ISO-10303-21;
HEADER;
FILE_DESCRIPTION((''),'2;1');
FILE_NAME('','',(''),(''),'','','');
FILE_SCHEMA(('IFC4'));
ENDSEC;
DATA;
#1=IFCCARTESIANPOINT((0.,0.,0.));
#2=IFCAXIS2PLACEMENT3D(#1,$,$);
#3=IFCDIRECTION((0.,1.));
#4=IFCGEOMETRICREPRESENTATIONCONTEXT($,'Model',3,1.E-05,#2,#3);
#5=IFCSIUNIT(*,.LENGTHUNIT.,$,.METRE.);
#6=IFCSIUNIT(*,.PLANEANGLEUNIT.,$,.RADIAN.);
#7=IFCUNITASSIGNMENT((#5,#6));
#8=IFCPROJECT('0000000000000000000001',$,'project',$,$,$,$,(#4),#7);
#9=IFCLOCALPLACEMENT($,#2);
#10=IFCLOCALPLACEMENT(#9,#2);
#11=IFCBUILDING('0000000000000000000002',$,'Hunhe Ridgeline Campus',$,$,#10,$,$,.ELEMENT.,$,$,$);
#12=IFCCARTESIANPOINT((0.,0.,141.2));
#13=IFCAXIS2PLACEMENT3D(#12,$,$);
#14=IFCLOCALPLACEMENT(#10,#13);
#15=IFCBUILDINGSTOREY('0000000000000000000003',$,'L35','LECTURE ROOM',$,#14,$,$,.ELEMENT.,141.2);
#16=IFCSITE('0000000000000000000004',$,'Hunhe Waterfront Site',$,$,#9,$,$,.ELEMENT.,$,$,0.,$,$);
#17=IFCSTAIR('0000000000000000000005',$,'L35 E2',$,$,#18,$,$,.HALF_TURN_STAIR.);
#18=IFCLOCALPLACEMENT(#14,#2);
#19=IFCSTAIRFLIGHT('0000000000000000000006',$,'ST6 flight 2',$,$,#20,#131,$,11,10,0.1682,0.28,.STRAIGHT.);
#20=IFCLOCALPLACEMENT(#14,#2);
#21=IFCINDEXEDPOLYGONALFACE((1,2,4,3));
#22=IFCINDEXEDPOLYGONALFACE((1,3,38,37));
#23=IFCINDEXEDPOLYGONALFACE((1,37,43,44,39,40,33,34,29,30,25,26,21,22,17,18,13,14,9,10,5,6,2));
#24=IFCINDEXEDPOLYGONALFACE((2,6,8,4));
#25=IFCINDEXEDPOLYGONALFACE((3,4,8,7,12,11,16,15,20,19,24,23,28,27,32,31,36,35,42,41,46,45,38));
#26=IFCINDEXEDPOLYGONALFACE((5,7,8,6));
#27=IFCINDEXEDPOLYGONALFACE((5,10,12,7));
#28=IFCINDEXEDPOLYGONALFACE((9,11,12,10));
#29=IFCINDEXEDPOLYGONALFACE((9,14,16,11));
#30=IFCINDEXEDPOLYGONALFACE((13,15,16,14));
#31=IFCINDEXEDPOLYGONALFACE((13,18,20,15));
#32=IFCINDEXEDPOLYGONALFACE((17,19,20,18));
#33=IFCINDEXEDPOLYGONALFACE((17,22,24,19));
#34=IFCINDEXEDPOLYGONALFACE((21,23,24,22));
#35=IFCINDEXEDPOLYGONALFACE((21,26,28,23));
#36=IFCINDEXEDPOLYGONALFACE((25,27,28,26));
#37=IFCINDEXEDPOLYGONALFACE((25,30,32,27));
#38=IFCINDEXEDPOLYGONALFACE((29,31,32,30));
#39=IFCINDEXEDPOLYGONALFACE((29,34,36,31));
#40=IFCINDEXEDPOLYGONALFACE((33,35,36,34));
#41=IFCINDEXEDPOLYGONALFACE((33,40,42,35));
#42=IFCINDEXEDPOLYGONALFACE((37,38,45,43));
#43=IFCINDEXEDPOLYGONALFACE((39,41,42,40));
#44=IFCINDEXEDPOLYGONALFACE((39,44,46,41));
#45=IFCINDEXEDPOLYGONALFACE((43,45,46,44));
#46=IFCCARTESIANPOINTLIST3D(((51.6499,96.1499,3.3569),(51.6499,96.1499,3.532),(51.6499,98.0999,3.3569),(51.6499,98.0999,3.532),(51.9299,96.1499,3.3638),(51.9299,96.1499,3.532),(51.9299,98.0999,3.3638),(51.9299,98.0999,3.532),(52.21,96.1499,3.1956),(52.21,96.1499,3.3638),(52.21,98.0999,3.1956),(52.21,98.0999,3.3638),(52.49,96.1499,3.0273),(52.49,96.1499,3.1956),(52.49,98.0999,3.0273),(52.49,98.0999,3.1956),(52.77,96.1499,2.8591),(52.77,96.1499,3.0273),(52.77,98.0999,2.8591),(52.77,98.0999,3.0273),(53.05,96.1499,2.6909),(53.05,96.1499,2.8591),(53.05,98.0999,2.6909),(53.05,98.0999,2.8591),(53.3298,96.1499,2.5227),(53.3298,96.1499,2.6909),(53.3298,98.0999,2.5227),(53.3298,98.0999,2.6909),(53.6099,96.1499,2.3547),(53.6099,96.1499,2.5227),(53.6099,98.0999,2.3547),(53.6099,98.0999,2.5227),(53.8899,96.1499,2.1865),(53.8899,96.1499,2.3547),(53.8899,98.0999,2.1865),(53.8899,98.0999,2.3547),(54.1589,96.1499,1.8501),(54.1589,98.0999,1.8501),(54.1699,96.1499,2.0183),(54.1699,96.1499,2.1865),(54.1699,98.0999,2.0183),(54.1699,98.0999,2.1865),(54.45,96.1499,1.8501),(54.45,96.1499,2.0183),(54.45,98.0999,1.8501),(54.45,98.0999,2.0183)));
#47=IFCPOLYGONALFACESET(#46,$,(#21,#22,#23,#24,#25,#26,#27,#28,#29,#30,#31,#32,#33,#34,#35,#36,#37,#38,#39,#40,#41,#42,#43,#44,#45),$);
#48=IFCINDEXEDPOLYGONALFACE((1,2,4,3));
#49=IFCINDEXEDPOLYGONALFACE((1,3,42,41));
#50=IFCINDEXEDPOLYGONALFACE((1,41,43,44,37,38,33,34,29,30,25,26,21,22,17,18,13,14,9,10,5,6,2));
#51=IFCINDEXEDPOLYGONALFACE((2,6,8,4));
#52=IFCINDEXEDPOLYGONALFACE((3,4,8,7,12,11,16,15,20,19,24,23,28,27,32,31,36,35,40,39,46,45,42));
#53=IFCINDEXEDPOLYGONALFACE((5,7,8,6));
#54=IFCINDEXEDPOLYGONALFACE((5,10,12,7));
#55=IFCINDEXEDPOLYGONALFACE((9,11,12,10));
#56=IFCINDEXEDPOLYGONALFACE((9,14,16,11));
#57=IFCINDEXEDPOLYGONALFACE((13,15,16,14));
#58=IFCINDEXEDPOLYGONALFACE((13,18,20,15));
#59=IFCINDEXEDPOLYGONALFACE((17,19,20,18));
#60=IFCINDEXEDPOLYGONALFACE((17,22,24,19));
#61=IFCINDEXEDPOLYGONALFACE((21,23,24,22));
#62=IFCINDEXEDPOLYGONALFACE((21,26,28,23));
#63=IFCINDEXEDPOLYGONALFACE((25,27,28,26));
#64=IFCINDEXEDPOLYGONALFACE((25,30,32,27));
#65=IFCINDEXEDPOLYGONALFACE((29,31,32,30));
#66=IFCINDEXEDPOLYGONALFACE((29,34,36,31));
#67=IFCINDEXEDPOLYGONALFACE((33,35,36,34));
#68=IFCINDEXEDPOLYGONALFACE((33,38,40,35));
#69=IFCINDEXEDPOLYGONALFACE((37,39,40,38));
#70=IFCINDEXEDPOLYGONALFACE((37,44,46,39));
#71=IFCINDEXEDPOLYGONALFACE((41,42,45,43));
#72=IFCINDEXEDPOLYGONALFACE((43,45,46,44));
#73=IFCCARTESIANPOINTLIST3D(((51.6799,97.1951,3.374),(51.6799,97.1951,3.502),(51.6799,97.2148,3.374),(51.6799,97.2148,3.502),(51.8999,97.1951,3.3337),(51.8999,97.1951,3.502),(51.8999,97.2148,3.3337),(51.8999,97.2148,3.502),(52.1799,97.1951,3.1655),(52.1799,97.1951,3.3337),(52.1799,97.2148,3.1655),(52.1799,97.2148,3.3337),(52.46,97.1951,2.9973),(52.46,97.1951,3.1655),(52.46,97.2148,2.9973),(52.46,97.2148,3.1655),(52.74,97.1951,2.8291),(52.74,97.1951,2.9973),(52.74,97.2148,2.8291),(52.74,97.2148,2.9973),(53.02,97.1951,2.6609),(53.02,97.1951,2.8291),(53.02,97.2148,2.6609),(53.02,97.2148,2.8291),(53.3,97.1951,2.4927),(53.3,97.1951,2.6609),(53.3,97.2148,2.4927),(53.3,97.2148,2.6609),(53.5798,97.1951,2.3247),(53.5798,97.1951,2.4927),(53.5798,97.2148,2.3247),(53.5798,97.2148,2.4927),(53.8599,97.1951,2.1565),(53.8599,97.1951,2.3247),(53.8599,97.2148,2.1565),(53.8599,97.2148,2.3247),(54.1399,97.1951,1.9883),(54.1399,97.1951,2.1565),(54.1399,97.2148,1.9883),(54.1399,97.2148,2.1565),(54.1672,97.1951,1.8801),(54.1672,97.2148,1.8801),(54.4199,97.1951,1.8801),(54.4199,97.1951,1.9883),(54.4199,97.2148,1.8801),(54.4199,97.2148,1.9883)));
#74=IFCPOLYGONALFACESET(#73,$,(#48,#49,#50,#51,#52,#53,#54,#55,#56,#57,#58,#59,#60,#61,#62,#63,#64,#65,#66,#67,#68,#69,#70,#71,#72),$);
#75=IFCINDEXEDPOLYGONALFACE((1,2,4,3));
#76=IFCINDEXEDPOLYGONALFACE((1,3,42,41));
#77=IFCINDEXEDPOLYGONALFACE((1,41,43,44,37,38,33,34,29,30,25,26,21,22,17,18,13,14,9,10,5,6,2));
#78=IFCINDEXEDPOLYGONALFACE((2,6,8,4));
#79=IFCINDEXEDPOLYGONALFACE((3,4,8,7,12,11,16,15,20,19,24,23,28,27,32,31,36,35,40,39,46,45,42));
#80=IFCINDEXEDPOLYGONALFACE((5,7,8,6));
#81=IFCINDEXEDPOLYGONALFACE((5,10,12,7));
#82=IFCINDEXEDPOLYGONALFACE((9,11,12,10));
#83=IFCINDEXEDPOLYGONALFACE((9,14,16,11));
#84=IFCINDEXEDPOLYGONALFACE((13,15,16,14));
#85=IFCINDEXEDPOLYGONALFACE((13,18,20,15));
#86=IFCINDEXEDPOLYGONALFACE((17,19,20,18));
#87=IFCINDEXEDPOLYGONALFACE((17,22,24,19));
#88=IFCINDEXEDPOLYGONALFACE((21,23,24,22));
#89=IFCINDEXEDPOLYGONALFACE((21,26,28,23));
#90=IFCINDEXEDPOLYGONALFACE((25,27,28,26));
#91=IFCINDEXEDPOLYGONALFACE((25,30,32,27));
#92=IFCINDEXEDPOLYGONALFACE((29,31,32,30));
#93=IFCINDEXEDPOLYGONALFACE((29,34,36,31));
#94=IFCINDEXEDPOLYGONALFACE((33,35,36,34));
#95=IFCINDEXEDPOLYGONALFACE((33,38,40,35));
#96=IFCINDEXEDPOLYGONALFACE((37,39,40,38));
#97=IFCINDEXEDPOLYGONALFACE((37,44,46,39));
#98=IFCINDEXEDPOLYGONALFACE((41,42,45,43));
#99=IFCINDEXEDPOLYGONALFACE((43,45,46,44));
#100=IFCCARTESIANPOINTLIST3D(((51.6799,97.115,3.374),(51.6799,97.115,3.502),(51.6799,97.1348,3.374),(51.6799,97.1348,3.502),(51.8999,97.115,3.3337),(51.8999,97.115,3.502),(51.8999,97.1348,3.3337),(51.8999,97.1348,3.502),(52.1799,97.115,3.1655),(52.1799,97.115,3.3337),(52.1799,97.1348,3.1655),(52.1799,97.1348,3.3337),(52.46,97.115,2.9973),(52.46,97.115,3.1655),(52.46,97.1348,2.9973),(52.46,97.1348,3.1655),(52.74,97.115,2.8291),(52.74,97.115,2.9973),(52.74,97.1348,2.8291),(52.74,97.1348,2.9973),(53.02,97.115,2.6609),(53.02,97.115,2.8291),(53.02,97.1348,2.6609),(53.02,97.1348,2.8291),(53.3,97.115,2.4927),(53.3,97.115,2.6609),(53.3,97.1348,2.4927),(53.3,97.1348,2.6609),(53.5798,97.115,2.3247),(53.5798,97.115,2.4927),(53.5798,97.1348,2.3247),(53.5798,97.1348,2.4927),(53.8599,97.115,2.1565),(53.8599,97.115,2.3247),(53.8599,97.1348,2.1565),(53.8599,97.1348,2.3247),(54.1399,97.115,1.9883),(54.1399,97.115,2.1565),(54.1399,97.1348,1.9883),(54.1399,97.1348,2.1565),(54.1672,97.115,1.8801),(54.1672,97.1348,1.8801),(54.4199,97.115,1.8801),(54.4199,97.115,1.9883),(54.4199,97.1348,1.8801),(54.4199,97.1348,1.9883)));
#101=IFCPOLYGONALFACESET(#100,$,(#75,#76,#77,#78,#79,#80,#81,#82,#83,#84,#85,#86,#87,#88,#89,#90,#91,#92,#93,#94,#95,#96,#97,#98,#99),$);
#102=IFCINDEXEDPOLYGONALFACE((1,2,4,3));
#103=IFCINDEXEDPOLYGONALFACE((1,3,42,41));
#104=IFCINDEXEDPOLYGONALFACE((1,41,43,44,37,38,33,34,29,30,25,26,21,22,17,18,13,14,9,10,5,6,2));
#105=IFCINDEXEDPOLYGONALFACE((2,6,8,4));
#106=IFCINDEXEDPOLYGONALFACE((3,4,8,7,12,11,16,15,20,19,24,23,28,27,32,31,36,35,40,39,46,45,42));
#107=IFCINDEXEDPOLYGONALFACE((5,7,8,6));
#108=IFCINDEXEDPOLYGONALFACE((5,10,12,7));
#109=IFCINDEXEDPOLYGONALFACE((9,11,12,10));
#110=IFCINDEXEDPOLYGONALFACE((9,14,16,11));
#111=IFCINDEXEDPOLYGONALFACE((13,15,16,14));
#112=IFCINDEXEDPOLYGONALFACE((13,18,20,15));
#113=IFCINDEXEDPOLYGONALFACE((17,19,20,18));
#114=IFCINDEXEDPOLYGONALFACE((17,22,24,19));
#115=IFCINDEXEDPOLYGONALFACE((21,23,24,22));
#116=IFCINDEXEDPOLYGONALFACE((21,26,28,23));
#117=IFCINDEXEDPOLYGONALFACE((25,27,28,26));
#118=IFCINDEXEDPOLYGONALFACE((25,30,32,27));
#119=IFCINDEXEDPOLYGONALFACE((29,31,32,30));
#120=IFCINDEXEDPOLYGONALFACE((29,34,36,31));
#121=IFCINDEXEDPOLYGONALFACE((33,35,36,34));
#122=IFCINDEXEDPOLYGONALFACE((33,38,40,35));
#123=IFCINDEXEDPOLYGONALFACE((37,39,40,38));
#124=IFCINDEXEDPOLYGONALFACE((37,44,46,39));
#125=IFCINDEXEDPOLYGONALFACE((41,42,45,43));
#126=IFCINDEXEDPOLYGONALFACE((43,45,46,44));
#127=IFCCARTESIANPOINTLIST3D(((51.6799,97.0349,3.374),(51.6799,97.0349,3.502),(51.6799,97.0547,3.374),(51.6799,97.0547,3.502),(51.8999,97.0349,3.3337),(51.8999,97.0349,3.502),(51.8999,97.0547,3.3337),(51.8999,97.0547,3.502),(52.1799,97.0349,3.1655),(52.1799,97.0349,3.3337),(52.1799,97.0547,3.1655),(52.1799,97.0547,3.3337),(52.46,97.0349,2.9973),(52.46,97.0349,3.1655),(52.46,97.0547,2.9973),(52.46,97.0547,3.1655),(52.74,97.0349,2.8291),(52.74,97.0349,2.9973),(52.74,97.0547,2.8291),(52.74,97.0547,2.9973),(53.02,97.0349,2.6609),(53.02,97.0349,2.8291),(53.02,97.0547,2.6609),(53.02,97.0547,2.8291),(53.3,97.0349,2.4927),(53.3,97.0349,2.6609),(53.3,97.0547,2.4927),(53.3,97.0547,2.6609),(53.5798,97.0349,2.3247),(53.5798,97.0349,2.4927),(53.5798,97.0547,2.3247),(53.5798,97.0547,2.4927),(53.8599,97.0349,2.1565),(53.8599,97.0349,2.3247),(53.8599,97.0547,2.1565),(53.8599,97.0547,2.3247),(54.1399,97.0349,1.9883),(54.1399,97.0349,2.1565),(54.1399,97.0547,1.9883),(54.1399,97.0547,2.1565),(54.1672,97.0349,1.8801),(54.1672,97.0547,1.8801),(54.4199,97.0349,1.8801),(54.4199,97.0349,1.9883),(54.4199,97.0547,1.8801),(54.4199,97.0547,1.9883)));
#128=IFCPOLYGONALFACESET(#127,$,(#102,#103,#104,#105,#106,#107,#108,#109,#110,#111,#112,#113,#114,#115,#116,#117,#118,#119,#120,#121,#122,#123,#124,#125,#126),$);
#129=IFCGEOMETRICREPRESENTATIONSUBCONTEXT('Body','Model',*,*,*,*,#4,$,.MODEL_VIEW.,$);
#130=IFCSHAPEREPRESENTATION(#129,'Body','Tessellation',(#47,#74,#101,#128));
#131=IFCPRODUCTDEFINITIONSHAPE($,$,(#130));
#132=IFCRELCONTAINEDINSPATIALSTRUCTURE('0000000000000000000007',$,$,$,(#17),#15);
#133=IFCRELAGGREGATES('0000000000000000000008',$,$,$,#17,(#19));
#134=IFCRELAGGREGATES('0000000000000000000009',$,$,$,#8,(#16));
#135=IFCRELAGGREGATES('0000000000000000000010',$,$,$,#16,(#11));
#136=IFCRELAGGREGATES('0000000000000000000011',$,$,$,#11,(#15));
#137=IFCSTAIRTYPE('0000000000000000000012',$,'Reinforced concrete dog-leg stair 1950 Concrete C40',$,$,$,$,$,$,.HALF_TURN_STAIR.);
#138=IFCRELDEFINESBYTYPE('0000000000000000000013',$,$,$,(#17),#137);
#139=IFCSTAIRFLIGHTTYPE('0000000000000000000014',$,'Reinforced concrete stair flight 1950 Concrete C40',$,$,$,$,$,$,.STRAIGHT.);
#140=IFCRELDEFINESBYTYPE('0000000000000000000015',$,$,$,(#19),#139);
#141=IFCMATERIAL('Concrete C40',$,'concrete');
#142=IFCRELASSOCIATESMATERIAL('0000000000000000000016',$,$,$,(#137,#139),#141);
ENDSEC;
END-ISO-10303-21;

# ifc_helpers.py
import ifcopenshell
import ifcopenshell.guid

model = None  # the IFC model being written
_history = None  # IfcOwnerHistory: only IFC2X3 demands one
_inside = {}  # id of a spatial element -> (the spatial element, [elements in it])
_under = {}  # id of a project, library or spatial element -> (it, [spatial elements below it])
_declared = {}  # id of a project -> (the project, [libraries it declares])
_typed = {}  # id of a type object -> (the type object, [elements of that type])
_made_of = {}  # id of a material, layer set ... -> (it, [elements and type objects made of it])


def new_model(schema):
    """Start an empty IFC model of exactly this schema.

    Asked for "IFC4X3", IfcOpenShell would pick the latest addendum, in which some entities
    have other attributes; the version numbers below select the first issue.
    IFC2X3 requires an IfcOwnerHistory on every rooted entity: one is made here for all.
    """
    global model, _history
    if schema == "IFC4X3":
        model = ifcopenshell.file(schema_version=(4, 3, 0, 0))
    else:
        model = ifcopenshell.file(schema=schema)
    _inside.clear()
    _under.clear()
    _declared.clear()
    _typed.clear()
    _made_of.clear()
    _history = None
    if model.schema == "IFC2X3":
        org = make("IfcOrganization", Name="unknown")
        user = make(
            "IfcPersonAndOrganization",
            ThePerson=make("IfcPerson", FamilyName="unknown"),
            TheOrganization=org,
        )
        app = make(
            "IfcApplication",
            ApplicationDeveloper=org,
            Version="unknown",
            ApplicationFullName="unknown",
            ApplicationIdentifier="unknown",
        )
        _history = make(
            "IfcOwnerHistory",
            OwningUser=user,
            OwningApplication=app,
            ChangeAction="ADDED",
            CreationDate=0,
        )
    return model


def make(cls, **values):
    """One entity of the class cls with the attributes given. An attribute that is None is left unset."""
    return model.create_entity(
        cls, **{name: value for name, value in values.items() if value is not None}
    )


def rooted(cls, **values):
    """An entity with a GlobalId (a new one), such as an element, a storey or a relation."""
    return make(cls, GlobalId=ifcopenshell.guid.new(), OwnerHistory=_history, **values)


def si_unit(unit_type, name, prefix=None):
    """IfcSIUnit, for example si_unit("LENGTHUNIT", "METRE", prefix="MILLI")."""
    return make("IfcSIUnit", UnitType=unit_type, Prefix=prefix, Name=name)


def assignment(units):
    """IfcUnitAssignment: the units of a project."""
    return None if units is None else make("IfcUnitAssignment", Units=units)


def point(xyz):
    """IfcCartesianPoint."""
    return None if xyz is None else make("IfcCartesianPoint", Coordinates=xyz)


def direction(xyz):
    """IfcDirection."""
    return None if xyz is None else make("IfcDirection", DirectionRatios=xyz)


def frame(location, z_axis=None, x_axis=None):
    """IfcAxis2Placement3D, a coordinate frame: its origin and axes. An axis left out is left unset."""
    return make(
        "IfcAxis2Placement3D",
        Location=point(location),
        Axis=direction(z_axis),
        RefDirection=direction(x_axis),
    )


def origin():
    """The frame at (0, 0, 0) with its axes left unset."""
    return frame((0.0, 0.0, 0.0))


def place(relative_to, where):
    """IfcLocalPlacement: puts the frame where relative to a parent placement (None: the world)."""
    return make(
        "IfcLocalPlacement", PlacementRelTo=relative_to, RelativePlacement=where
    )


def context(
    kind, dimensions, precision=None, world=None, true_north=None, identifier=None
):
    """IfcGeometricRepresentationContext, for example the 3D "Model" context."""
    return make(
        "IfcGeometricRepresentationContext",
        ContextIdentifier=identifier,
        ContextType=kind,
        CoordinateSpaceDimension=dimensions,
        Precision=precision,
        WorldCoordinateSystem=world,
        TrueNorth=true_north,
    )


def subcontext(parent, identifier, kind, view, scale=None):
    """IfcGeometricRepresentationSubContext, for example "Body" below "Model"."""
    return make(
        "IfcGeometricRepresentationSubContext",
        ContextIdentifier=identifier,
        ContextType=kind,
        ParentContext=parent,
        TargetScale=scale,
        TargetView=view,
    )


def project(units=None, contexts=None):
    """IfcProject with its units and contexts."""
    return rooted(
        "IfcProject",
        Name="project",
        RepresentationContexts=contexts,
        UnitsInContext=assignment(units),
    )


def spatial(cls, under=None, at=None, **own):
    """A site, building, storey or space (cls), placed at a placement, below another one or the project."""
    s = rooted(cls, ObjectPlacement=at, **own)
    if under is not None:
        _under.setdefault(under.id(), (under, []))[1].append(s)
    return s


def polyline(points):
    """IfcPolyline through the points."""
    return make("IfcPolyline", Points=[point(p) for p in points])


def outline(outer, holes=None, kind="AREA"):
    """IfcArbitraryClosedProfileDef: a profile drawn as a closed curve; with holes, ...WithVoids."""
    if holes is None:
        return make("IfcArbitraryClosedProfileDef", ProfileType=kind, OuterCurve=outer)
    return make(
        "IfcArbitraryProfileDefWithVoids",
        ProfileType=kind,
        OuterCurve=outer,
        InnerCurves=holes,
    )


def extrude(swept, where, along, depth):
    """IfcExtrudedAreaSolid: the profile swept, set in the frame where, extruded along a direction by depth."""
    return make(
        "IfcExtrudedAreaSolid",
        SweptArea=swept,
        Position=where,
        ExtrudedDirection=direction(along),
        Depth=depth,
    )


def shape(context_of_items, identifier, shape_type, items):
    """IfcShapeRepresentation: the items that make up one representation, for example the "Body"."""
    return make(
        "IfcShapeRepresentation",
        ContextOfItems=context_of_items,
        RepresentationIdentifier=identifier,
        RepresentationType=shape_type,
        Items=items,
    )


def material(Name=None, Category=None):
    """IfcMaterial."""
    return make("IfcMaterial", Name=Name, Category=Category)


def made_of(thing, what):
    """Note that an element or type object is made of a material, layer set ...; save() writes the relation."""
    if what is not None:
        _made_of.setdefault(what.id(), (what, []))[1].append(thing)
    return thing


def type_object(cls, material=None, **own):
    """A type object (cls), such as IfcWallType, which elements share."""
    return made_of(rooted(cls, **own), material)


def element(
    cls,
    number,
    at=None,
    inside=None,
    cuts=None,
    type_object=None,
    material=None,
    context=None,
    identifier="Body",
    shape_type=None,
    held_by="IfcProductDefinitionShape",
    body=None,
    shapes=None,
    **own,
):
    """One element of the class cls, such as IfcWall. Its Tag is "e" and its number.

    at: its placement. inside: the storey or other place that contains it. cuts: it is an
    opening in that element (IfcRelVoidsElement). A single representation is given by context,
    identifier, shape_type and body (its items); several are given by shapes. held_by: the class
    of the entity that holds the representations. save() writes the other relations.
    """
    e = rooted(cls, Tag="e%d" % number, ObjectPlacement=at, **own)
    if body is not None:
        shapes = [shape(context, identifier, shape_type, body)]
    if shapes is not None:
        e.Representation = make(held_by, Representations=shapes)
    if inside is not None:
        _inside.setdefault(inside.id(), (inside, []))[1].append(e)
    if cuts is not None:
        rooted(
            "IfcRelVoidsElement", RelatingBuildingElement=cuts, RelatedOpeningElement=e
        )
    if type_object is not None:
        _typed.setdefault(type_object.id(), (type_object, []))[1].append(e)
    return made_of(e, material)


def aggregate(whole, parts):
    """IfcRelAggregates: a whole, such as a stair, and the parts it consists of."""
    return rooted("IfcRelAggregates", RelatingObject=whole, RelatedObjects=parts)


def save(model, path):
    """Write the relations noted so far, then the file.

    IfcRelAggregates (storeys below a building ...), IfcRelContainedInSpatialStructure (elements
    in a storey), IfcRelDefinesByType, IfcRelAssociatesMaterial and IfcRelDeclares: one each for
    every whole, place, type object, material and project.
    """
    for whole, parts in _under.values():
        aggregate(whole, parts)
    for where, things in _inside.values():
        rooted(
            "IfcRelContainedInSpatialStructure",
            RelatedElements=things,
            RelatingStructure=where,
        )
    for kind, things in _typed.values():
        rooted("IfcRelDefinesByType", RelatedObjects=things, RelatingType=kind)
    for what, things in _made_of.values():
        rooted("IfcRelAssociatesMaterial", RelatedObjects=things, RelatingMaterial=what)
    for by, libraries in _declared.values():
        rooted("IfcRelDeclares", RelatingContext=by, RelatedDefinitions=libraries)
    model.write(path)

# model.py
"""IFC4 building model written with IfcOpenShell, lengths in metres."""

from ifc_helpers import new_model, si_unit, direction, frame, origin, place, context, subcontext, project, spatial, polyline, outline, extrude, material, type_object, element, aggregate, save


model = new_model("IFC4")

# Units and contexts
model_context = context("Model", 3, precision=1e-05, world=origin(), true_north=direction((0.0, 1.0)))
body_context = subcontext(model_context, "Body", "Model", "MODEL_VIEW")
ifc_project = project(units=[si_unit("LENGTHUNIT", "METRE"), si_unit("PLANEANGLEUNIT", "RADIAN")], contexts=[model_context])

# Site, building, storey
site_placement = place(None, origin())
site = spatial("IfcSite", under=ifc_project, at=site_placement, Name="Hunhe Waterfront Site", CompositionType="ELEMENT", RefElevation=0.0)
building_placement = place(site_placement, origin())
building = spatial("IfcBuilding", under=site, at=building_placement, Name="Hunhe Ridgeline Campus", CompositionType="ELEMENT")
storey_placement = place(building_placement, frame((0.0, 0.0, 141.2)))
storey = spatial("IfcBuildingStorey", under=building, at=storey_placement, Name="L35", Description="LECTURE ROOM", CompositionType="ELEMENT", Elevation=141.2)

# Shared definitions
ifc_material_1 = material(Name="Concrete C40", Category="concrete")
stair_type = type_object("IfcStairType", Name="Reinforced concrete dog-leg stair 1950 Concrete C40", PredefinedType="HALF_TURN_STAIR", material=ifc_material_1)
stair_flight_type = type_object("IfcStairFlightType", Name="Reinforced concrete stair flight 1950 Concrete C40", PredefinedType="STRAIGHT", material=ifc_material_1)

# Stair, stair flight
stair_1_placement = place(storey_placement, origin())
stair_1 = element("IfcStair", 1, at=stair_1_placement, inside=storey, type_object=stair_type, Name="L35 E2", PredefinedType="HALF_TURN_STAIR")
stair_flight_1_placement = place(storey_placement, frame((54.45, 97.125, 1.8501), z_axis=(0.0, 0.0, 1.0), x_axis=(-1.0, 0.0, 0.0)))
stair_flight_1 = element("IfcStairFlight", 2, at=stair_flight_1_placement, type_object=stair_flight_type, Name="ST6 flight 2", NumberOfRisers=11, NumberOfTreads=10, PredefinedType="STRAIGHT", RiserHeight=0.1682, TreadLength=0.28, context=body_context, shape_type="SweptSolid", body=[
    extrude(outline(polyline([(0.0, 0.0), (0.0, 0.1682), (0.28, 0.1682), (0.28, 0.3364), (0.5601, 0.3364), (0.5601, 0.5046), (0.8401, 0.5046), (0.8401, 0.6726), (1.1201, 0.6726), (1.1201, 0.8408), (1.3999, 0.8408), (1.3999, 1.009), (1.6799, 1.009), (1.6799, 1.1772), (1.96, 1.1772), (1.96, 1.3455), (2.24, 1.3455), (2.24, 1.5137), (2.52, 1.5137), (2.52, 1.6819), (2.8, 1.6819), (2.8, 1.8501), (2.8, 1.5068), (0.291, 0.0), (0.0, 0.0)])), frame((0.0, 0.9751, 0.0), z_axis=(0.0, -1.0, 0.0), x_axis=(1.0, 0.0, 0.0)), (0.0, 0.0, 1.0), 1.95),
    extrude(outline(polyline([(0.03, 0.03), (0.03, 0.1382), (0.3101, 0.1382), (0.3101, 0.3064), (0.5901, 0.3064), (0.5901, 0.4746), (0.8701, 0.4746), (0.8701, 0.6426), (1.1499, 0.6426), (1.1499, 0.8108), (1.4299, 0.8108), (1.4299, 0.979), (1.71, 0.979), (1.71, 1.1472), (1.99, 1.1472), (1.99, 1.3154), (2.27, 1.3154), (2.27, 1.4836), (2.55, 1.4836), (2.55, 1.6519), (2.77, 1.6519), (2.77, 1.5239), (0.2827, 0.03), (0.03, 0.03)])), frame((0.0, -0.0701, 0.0), z_axis=(0.0, -1.0, 0.0), x_axis=(1.0, 0.0, 0.0)), (0.0, 0.0, 1.0), 0.0198),
    extrude(outline(polyline([(0.03, 0.03), (0.03, 0.1382), (0.3101, 0.1382), (0.3101, 0.3064), (0.5901, 0.3064), (0.5901, 0.4746), (0.8701, 0.4746), (0.8701, 0.6426), (1.1499, 0.6426), (1.1499, 0.8108), (1.4299, 0.8108), (1.4299, 0.979), (1.71, 0.979), (1.71, 1.1472), (1.99, 1.1472), (1.99, 1.3154), (2.27, 1.3154), (2.27, 1.4836), (2.55, 1.4836), (2.55, 1.6519), (2.77, 1.6519), (2.77, 1.5239), (0.2827, 0.03), (0.03, 0.03)])), frame((0.0, 0.01, 0.0), z_axis=(0.0, -1.0, 0.0), x_axis=(1.0, 0.0, 0.0)), (0.0, 0.0, 1.0), 0.0198),
    extrude(outline(polyline([(0.03, 0.03), (0.03, 0.1382), (0.3101, 0.1382), (0.3101, 0.3064), (0.5901, 0.3064), (0.5901, 0.4746), (0.8701, 0.4746), (0.8701, 0.6426), (1.1499, 0.6426), (1.1499, 0.8108), (1.4299, 0.8108), (1.4299, 0.979), (1.71, 0.979), (1.71, 1.1472), (1.99, 1.1472), (1.99, 1.3154), (2.27, 1.3154), (2.27, 1.4836), (2.55, 1.4836), (2.55, 1.6519), (2.77, 1.6519), (2.77, 1.5239), (0.2827, 0.03), (0.03, 0.03)])), frame((0.0, 0.0901, 0.0), z_axis=(0.0, -1.0, 0.0), x_axis=(1.0, 0.0, 0.0)), (0.0, 0.0, 1.0), 0.0198),
])
aggregate(stair_1, [stair_flight_1])

save(model, "model.ifc")
